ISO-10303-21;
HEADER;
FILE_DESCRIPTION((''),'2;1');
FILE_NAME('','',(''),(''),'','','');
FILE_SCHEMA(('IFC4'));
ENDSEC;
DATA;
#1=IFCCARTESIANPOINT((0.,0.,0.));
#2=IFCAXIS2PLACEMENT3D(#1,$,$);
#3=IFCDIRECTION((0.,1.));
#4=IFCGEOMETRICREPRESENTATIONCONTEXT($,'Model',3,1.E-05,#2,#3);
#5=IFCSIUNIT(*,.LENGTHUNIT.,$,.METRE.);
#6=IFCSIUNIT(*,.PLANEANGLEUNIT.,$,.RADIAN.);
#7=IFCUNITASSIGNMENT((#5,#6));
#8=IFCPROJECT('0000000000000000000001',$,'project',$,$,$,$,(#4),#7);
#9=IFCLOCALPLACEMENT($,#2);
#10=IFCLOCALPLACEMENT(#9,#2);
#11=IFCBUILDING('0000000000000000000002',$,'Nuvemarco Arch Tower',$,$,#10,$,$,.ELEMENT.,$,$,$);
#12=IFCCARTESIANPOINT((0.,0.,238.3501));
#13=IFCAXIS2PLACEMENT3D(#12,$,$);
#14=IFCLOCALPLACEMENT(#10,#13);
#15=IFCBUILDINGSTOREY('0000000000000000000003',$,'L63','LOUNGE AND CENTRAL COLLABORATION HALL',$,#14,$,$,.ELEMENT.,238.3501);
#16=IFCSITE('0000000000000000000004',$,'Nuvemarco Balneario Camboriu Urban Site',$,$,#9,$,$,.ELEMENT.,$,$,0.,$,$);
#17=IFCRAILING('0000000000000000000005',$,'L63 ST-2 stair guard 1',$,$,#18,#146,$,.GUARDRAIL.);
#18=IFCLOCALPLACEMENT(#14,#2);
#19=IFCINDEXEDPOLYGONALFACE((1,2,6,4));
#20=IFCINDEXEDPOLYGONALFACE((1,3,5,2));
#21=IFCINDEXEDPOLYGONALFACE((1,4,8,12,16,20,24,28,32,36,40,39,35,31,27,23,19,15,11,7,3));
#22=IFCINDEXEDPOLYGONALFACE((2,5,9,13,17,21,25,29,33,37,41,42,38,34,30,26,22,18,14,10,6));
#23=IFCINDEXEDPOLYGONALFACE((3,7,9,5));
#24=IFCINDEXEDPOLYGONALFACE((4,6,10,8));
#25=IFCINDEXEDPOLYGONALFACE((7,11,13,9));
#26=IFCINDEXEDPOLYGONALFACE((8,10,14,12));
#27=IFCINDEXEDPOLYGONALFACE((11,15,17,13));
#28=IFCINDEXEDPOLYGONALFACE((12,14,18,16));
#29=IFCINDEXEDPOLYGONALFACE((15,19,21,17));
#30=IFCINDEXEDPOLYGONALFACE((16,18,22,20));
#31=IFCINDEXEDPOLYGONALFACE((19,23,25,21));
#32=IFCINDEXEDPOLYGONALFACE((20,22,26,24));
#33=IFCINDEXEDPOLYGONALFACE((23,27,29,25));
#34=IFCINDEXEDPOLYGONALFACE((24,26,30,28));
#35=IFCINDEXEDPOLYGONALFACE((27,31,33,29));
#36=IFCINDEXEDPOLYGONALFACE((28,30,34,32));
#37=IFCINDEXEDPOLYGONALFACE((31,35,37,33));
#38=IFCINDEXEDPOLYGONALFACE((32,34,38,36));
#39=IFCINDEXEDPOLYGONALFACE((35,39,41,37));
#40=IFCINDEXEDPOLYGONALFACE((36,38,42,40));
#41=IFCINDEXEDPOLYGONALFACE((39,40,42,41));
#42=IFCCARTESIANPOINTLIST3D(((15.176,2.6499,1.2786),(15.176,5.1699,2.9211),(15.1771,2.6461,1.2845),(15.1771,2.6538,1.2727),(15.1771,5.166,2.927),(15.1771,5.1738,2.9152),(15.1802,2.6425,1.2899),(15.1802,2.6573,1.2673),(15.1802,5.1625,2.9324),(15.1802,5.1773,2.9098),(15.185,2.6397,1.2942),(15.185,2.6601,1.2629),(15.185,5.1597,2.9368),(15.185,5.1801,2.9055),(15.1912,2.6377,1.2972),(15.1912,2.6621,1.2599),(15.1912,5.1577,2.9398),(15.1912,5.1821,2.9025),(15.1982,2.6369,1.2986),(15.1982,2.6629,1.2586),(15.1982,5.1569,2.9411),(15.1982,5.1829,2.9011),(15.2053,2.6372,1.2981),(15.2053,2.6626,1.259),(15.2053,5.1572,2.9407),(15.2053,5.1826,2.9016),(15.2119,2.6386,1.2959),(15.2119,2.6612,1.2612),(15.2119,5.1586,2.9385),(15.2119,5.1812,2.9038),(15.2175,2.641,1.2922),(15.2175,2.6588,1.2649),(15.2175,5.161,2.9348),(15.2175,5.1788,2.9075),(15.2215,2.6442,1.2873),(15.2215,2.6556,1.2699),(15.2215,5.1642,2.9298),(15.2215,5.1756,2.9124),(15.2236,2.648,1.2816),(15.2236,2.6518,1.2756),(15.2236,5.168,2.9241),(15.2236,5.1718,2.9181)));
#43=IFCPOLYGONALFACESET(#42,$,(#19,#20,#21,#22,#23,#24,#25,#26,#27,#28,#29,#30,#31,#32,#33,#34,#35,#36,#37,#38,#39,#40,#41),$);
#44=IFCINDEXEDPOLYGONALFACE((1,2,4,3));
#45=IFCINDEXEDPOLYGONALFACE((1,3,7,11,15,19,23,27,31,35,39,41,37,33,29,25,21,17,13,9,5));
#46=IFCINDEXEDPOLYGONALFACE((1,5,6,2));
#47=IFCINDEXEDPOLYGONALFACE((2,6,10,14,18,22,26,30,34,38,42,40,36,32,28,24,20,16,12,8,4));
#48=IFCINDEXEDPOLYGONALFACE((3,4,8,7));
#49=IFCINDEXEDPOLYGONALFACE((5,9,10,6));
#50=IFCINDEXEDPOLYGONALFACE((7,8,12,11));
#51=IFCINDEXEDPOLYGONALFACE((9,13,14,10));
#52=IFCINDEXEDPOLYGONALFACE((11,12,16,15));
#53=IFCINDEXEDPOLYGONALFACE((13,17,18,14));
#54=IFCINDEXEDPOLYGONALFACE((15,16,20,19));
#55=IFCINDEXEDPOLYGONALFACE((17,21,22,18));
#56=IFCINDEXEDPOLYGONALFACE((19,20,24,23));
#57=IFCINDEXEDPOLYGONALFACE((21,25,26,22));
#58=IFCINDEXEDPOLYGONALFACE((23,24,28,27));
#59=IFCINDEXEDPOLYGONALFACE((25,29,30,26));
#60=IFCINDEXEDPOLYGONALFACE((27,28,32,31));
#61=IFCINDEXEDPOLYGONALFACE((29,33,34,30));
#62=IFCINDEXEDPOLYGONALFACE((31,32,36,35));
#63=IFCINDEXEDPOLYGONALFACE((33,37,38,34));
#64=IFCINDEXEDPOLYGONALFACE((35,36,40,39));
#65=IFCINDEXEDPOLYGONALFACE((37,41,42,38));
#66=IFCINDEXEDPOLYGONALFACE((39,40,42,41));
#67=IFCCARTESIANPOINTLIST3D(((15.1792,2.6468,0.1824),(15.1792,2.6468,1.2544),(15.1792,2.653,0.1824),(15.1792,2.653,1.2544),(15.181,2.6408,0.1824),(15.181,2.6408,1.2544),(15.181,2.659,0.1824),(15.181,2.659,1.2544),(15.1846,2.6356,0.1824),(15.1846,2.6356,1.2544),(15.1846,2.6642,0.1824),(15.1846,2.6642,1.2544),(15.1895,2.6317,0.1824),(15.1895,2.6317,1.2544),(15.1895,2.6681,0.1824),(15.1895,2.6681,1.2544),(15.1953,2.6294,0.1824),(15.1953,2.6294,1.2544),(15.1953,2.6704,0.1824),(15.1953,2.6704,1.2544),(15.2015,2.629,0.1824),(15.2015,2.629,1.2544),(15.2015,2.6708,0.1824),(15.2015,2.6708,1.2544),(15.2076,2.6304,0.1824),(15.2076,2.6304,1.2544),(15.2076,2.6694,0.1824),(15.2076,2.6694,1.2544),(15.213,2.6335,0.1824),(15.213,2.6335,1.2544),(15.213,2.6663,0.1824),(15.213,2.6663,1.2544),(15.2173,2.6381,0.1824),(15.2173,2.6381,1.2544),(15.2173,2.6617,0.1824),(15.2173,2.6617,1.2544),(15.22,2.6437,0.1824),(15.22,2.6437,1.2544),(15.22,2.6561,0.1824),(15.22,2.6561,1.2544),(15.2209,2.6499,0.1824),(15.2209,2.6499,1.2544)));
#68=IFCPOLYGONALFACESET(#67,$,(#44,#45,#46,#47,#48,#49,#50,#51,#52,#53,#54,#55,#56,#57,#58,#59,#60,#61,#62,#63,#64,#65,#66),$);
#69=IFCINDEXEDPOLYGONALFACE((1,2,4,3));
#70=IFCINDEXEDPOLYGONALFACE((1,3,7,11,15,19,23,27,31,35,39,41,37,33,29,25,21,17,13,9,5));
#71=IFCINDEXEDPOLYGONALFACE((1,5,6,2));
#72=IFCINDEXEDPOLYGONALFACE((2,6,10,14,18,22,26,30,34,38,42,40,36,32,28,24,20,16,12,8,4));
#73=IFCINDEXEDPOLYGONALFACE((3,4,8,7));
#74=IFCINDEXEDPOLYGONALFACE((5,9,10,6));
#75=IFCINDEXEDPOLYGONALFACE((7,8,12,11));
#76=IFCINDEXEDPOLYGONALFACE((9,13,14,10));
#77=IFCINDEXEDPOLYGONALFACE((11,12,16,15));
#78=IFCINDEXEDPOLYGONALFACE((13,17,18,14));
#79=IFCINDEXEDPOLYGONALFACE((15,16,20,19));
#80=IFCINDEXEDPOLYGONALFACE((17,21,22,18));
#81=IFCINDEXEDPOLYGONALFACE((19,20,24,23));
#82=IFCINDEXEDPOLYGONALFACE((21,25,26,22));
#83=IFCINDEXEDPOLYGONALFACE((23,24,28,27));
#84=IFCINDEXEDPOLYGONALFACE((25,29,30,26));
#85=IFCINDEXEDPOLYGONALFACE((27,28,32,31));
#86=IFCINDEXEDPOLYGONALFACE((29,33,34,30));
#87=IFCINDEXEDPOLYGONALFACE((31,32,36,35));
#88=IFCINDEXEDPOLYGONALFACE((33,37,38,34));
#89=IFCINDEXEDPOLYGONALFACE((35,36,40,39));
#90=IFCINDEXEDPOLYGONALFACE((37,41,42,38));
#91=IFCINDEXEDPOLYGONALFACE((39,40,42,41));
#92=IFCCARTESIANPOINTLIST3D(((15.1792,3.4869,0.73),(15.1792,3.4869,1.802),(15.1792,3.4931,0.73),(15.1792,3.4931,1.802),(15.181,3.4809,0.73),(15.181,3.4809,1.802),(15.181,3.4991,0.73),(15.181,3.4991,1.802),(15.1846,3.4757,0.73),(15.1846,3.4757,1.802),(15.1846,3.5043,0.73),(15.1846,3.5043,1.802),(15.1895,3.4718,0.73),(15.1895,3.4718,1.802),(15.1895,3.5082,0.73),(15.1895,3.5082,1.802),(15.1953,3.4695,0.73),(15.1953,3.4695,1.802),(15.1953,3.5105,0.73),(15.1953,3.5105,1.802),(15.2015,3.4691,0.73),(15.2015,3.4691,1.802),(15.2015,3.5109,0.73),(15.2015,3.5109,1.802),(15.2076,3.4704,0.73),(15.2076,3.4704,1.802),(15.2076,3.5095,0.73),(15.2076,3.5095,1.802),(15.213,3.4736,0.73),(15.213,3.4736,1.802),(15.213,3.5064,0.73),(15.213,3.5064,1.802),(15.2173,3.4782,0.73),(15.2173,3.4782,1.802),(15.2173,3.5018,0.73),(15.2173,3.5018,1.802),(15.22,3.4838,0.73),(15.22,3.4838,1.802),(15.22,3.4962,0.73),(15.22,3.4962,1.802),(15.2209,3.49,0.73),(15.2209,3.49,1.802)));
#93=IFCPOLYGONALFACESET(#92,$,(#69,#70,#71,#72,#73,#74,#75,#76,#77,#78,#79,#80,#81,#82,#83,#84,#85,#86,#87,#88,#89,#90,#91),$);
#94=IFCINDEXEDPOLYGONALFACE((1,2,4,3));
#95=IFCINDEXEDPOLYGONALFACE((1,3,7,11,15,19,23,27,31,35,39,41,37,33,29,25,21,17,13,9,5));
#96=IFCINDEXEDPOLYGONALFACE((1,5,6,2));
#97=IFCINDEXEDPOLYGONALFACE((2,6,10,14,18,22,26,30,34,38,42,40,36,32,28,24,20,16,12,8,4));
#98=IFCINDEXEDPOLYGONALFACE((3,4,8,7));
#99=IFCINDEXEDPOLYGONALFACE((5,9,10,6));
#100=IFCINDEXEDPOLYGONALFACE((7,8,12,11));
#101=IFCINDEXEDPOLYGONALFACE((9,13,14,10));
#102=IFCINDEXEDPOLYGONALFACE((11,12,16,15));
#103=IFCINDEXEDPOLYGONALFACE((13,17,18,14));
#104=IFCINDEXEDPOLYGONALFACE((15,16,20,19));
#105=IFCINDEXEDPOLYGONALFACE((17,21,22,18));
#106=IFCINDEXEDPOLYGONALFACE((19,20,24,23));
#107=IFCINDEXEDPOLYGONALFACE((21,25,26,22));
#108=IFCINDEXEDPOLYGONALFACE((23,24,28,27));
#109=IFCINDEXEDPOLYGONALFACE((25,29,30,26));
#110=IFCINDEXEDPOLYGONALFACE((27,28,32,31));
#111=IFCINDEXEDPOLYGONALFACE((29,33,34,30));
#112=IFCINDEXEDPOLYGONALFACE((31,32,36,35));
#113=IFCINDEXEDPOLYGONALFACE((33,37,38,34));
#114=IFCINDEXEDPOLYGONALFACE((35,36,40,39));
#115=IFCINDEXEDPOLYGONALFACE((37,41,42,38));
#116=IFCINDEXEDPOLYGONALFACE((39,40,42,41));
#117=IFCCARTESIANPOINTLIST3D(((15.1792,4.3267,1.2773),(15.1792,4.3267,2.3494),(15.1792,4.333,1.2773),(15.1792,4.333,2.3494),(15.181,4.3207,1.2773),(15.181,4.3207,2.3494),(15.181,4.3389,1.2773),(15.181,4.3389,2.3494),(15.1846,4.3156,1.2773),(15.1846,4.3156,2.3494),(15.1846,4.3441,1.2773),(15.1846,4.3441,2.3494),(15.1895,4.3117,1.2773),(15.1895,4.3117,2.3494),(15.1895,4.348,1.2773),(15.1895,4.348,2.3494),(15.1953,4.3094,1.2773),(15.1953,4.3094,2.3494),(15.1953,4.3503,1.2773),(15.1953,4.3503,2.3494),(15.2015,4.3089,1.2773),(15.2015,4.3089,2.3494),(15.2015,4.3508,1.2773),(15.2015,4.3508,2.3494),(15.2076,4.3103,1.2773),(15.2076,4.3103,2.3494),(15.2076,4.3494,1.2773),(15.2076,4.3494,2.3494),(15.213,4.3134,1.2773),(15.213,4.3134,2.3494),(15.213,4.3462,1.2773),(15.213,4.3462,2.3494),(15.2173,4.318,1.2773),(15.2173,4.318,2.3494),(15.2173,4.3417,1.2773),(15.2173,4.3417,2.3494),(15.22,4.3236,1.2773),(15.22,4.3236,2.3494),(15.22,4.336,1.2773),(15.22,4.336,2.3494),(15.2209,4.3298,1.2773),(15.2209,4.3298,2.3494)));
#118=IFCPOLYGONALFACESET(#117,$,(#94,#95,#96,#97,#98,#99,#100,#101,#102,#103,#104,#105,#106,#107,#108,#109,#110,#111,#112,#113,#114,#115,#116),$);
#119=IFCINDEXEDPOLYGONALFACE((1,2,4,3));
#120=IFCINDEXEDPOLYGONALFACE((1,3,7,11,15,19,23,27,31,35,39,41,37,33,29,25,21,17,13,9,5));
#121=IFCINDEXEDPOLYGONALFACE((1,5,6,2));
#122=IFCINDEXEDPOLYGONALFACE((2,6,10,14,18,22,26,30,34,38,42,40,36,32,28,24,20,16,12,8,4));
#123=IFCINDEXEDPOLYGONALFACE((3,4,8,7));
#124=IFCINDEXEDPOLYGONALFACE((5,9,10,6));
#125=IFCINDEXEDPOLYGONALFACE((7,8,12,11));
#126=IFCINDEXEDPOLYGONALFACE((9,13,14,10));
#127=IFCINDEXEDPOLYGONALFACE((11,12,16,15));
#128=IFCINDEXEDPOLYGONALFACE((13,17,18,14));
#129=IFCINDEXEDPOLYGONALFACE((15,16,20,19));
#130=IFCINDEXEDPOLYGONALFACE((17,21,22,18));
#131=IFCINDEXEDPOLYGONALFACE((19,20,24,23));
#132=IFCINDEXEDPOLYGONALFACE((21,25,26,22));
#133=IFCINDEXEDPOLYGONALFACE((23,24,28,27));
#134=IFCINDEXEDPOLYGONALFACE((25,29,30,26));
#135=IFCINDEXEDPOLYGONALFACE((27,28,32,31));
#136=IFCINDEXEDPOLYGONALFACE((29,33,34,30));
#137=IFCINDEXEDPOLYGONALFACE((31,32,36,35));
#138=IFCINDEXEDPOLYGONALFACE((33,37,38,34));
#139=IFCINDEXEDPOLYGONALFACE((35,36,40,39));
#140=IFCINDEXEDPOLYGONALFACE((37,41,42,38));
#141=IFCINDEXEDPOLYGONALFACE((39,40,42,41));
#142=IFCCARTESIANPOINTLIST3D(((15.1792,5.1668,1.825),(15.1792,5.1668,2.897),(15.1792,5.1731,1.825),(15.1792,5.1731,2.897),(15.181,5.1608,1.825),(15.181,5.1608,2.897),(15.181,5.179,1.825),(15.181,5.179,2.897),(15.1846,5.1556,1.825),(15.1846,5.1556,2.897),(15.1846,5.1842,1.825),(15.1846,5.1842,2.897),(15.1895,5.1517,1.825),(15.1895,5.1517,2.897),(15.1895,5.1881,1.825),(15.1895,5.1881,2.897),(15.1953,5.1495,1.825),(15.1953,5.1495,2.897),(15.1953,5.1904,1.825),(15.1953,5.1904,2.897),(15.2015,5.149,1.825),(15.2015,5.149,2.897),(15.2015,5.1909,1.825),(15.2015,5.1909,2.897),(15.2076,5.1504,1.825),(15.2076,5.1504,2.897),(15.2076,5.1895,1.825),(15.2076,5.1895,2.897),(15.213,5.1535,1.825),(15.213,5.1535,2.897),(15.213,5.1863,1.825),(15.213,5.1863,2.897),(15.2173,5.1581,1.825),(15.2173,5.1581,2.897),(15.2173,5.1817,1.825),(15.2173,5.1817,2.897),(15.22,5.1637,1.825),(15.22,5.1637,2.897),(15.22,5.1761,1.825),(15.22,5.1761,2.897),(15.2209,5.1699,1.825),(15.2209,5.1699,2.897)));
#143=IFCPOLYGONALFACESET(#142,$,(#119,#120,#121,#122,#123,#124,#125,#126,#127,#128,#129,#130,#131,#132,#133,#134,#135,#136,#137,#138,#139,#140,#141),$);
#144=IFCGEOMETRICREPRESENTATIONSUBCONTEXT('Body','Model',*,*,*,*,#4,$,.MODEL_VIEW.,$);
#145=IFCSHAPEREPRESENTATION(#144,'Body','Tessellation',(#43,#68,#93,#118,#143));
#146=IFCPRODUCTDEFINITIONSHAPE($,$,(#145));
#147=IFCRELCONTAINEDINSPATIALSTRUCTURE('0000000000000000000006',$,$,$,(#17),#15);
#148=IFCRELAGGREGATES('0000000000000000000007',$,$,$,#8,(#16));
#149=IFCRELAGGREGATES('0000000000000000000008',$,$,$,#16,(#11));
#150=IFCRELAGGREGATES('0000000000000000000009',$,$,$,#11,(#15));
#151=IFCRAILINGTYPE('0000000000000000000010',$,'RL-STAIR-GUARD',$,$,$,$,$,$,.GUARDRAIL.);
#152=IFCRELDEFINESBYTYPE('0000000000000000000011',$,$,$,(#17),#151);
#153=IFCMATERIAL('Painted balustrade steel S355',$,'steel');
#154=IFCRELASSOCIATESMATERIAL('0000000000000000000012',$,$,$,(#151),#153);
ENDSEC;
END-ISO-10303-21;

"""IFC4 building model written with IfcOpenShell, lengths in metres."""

from ifc_helpers import new_model, si_unit, direction, frame, origin, origin_2d, place, context, subcontext, project, spatial, circle, extrude, material, type_object, element, save


model = new_model("IFC4")

# Units and contexts
model_context = context("Model", 3, precision=1e-05, world=origin(), true_north=direction((0.0, 1.0)))
body_context = subcontext(model_context, "Body", "Model", "MODEL_VIEW")
ifc_project = project(units=[si_unit("LENGTHUNIT", "METRE"), si_unit("PLANEANGLEUNIT", "RADIAN")], contexts=[model_context])

# Site, building, storey
site_placement = place(None, origin())
site = spatial("IfcSite", under=ifc_project, at=site_placement, Name="Nuvemarco Balneario Camboriu Urban Site", CompositionType="ELEMENT", RefElevation=0.0)
building_placement = place(site_placement, origin())
building = spatial("IfcBuilding", under=site, at=building_placement, Name="Nuvemarco Arch Tower", CompositionType="ELEMENT")
storey_placement = place(building_placement, frame((0.0, 0.0, 238.3501)))
storey = spatial("IfcBuildingStorey", under=building, at=storey_placement, Name="L63", Description="LOUNGE AND CENTRAL COLLABORATION HALL", CompositionType="ELEMENT", Elevation=238.3501)

# Railing
ifc_material_1 = material(Name="Painted balustrade steel S355", Category="steel")
railing_type_1 = type_object("IfcRailingType", Name="RL-STAIR-GUARD", PredefinedType="GUARDRAIL", material=ifc_material_1)
railing_1_placement = place(storey_placement, frame((15.2, 2.6499, 0.1824)))
element("IfcRailing", 1, at=railing_1_placement, inside=storey, type_object=railing_type_1, Name="L63 ST-2 stair guard 1", PredefinedType="GUARDRAIL", context=body_context, shape_type="SweptSolid", body=[
    extrude(circle(Radius=0.0239, at=origin_2d()), frame((0.0, 0.0, 1.0962), z_axis=(0.0, 0.837749, 0.546055), x_axis=(-1.0, 0.0, 0.0)), (0.0, 0.0, 1.0), 3.0081),
    extrude(circle(Radius=0.021, at=origin_2d()), origin(), (0.0, 0.0, 1.0), 1.072),
    extrude(circle(Radius=0.021, at=origin_2d()), frame((0.0, 0.8401, 0.5476)), (0.0, 0.0, 1.0), 1.072),
    extrude(circle(Radius=0.021, at=origin_2d()), frame((0.0, 1.6799, 1.095)), (0.0, 0.0, 1.0), 1.072),
    extrude(circle(Radius=0.021, at=origin_2d()), frame((0.0, 2.52, 1.6426)), (0.0, 0.0, 1.0), 1.072),
])

save(model, "model.ifc")
